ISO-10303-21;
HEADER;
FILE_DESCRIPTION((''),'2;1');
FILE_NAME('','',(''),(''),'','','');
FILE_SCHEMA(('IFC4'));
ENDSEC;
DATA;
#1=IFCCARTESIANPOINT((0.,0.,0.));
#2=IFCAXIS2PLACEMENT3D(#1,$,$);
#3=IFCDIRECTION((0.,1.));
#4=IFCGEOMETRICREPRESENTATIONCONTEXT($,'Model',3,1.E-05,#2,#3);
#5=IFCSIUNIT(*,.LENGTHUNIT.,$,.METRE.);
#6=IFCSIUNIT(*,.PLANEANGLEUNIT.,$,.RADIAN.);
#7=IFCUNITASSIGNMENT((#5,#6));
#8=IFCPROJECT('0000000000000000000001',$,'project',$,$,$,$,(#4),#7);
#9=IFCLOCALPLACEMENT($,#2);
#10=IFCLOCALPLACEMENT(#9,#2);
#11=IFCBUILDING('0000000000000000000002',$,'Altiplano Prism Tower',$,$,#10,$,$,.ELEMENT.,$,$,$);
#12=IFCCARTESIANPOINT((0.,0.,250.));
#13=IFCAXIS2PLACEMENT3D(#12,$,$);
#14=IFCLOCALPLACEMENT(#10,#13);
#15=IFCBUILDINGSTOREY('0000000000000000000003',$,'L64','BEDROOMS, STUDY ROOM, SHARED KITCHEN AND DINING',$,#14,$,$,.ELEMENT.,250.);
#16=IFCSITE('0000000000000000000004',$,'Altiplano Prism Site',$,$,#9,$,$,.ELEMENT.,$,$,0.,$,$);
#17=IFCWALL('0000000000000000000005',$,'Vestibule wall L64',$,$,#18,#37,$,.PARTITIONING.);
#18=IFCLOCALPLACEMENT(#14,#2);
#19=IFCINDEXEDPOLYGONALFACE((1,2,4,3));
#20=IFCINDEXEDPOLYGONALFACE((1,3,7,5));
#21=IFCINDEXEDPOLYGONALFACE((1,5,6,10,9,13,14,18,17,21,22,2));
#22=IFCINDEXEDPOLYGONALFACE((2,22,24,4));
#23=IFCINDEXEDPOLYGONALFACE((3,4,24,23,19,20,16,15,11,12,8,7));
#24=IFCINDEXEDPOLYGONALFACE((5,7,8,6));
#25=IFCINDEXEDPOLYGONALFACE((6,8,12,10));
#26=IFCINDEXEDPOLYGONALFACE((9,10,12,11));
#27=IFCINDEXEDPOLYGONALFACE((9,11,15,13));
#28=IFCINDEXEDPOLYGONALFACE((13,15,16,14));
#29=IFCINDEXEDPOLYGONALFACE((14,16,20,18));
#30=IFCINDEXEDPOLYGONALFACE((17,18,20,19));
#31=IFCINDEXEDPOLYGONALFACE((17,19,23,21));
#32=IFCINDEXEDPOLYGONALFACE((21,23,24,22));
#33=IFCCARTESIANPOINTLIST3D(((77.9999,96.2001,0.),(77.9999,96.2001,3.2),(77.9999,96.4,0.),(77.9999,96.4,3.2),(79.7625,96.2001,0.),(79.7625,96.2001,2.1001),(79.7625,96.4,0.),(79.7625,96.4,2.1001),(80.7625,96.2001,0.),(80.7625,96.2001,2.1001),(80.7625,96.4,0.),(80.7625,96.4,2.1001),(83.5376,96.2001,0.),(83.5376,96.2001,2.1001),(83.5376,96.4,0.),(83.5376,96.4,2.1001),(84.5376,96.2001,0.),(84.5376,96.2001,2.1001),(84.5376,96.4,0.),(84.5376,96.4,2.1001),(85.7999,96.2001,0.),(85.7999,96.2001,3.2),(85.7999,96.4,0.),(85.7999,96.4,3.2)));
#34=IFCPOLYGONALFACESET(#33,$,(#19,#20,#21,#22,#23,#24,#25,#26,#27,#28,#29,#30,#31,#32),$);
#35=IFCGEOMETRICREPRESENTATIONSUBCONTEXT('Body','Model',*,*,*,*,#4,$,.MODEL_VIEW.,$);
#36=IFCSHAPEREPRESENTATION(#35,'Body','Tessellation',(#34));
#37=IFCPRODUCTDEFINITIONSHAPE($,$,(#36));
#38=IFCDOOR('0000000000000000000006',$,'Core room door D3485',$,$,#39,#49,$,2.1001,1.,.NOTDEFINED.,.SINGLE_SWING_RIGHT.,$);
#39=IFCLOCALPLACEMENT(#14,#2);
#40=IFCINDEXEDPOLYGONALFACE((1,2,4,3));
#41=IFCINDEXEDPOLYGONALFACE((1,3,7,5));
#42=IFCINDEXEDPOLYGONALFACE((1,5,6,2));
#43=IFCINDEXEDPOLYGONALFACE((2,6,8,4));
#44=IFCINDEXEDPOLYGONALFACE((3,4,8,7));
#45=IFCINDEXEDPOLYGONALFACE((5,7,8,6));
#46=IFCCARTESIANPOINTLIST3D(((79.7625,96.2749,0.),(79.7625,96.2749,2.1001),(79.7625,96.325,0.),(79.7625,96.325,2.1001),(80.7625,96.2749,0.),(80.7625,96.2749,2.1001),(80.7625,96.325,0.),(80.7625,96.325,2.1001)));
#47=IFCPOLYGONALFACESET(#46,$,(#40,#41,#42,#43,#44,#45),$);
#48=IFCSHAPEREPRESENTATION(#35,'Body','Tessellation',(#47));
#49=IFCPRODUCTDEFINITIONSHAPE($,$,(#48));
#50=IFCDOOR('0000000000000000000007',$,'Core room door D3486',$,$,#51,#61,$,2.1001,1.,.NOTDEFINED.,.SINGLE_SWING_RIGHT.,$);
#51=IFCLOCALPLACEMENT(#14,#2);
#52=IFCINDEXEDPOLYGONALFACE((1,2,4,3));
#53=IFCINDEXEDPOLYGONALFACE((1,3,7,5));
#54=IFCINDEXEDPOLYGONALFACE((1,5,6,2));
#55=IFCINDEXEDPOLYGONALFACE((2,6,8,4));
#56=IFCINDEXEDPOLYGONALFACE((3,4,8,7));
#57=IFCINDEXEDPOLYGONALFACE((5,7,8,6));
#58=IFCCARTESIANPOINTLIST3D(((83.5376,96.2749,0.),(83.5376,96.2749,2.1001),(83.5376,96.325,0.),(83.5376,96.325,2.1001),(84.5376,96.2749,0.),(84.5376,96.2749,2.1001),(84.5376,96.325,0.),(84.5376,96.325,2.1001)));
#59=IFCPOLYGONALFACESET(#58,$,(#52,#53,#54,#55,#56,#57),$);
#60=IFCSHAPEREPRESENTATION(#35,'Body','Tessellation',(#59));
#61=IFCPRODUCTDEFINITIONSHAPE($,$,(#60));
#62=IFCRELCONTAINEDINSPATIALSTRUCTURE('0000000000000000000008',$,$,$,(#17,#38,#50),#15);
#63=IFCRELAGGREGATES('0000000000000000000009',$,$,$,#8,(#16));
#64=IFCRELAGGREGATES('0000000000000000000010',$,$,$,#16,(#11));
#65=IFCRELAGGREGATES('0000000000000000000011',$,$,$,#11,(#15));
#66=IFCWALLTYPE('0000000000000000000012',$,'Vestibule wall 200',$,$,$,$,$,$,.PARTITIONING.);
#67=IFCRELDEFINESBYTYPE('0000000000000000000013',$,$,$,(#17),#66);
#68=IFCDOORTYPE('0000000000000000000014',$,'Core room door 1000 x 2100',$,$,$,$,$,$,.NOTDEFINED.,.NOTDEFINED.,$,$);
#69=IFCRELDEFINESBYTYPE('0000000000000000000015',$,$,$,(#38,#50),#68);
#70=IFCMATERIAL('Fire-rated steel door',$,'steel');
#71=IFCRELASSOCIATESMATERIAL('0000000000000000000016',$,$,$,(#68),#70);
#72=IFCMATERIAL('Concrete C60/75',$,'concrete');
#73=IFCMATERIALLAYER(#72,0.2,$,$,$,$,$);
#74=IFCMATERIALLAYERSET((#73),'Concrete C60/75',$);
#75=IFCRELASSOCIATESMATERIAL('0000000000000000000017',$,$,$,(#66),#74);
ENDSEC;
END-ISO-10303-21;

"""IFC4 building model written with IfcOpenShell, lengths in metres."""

from ifc_helpers import new_model, si_unit, direction, frame, frame_2d, origin, place, context, subcontext, project, spatial, rectangle, extrude, material, layer, layer_set, type_object, element, fill, save


model = new_model("IFC4")

# Units and contexts
model_context = context("Model", 3, precision=1e-05, world=origin(), true_north=direction((0.0, 1.0)))
body_context = subcontext(model_context, "Body", "Model", "MODEL_VIEW")
ifc_project = project(units=[si_unit("LENGTHUNIT", "METRE"), si_unit("PLANEANGLEUNIT", "RADIAN")], contexts=[model_context])

# Site, building, storey
site_placement = place(None, origin())
site = spatial("IfcSite", under=ifc_project, at=site_placement, Name="Altiplano Prism Site", CompositionType="ELEMENT", RefElevation=0.0)
building_placement = place(site_placement, origin())
building = spatial("IfcBuilding", under=site, at=building_placement, Name="Altiplano Prism Tower", CompositionType="ELEMENT")
storey_placement = place(building_placement, frame((0.0, 0.0, 250.0)))
storey = spatial("IfcBuildingStorey", under=building, at=storey_placement, Name="L64", Description="BEDROOMS, STUDY ROOM, SHARED KITCHEN AND DINING", CompositionType="ELEMENT", Elevation=250.0)

# Shared definitions
ifc_material_1 = material(Name="Concrete C60/75", Category="concrete")
ifc_material_2 = material(Name="Fire-rated steel door", Category="steel")
door_type_1 = type_object("IfcDoorType", Name="Core room door 1000 x 2100", OperationType="NOTDEFINED", PredefinedType="NOTDEFINED", material=ifc_material_2)

# Shared definitions
ifc_layer_1 = layer(ifc_material_1, 0.2)
ifc_layer_set_1 = layer_set([ifc_layer_1], Name="Concrete C60/75")
wall_type_1 = type_object("IfcWallType", Name="Vestibule wall 200", PredefinedType="PARTITIONING", material=ifc_layer_set_1)

# Wall, openings, doors
wall_1_placement = place(storey_placement, frame((78.0, 96.3, 0.0), z_axis=(0.0, 0.0, 1.0), x_axis=(1.0, 0.0, 0.0)))
wall_1 = element("IfcWall", 1, at=wall_1_placement, inside=storey, type_object=wall_type_1, Name="Vestibule wall L64", PredefinedType="PARTITIONING", context=body_context, shape_type="SweptSolid", body=[
    extrude(rectangle(XDim=7.8, YDim=0.2, at=frame_2d((3.8999, 0.0))), origin(), (0.0, 0.0, 1.0), 3.2),
])
opening_1_placement = place(wall_1_placement, frame((1.7625, 0.0, 0.0)))
opening_1 = element("IfcOpeningElement", 2, at=opening_1_placement, cuts=wall_1, PredefinedType="OPENING", context=body_context, shape_type="SweptSolid", body=[
    extrude(rectangle(XDim=1.0, YDim=2.1001, at=frame_2d((0.5, 1.05))), frame((0.0, 0.1104, 0.0), z_axis=(0.0, -1.0, 0.0), x_axis=(1.0, 0.0, 0.0)), (0.0, 0.0, 1.0), 0.2209),
])
opening_2_placement = place(wall_1_placement, frame((5.5376, 0.0, 0.0)))
opening_2 = element("IfcOpeningElement", 3, at=opening_2_placement, cuts=wall_1, PredefinedType="OPENING", context=body_context, shape_type="SweptSolid", body=[
    extrude(rectangle(XDim=1.0, YDim=2.1001, at=frame_2d((0.5, 1.05))), frame((0.0, 0.1104, 0.0), z_axis=(0.0, -1.0, 0.0), x_axis=(1.0, 0.0, 0.0)), (0.0, 0.0, 1.0), 0.2209),
])
door_1_placement = place(opening_1_placement, origin())
door_1 = element("IfcDoor", 4, at=door_1_placement, inside=storey, type_object=door_type_1, Name="Core room door D3485", OperationType="SINGLE_SWING_RIGHT", OverallHeight=2.1001, OverallWidth=1.0, PredefinedType="NOTDEFINED", context=body_context, shape_type="SweptSolid", body=[
    extrude(rectangle(XDim=1.0, YDim=2.1001, at=frame_2d((0.5, 1.05))), frame((0.0, 0.0249, 0.0), z_axis=(0.0, -1.0, 0.0), x_axis=(1.0, 0.0, 0.0)), (0.0, 0.0, 1.0), 0.05),
])
fill(opening_1, door_1)
door_2_placement = place(opening_2_placement, origin())
door_2 = element("IfcDoor", 5, at=door_2_placement, inside=storey, type_object=door_type_1, Name="Core room door D3486", OperationType="SINGLE_SWING_RIGHT", OverallHeight=2.1001, OverallWidth=1.0, PredefinedType="NOTDEFINED", context=body_context, shape_type="SweptSolid", body=[
    extrude(rectangle(XDim=1.0, YDim=2.1001, at=frame_2d((0.5, 1.05))), frame((0.0, 0.0249, 0.0), z_axis=(0.0, -1.0, 0.0), x_axis=(1.0, 0.0, 0.0)), (0.0, 0.0, 1.0), 0.05),
])
fill(opening_2, door_2)

save(model, "model.ifc")
